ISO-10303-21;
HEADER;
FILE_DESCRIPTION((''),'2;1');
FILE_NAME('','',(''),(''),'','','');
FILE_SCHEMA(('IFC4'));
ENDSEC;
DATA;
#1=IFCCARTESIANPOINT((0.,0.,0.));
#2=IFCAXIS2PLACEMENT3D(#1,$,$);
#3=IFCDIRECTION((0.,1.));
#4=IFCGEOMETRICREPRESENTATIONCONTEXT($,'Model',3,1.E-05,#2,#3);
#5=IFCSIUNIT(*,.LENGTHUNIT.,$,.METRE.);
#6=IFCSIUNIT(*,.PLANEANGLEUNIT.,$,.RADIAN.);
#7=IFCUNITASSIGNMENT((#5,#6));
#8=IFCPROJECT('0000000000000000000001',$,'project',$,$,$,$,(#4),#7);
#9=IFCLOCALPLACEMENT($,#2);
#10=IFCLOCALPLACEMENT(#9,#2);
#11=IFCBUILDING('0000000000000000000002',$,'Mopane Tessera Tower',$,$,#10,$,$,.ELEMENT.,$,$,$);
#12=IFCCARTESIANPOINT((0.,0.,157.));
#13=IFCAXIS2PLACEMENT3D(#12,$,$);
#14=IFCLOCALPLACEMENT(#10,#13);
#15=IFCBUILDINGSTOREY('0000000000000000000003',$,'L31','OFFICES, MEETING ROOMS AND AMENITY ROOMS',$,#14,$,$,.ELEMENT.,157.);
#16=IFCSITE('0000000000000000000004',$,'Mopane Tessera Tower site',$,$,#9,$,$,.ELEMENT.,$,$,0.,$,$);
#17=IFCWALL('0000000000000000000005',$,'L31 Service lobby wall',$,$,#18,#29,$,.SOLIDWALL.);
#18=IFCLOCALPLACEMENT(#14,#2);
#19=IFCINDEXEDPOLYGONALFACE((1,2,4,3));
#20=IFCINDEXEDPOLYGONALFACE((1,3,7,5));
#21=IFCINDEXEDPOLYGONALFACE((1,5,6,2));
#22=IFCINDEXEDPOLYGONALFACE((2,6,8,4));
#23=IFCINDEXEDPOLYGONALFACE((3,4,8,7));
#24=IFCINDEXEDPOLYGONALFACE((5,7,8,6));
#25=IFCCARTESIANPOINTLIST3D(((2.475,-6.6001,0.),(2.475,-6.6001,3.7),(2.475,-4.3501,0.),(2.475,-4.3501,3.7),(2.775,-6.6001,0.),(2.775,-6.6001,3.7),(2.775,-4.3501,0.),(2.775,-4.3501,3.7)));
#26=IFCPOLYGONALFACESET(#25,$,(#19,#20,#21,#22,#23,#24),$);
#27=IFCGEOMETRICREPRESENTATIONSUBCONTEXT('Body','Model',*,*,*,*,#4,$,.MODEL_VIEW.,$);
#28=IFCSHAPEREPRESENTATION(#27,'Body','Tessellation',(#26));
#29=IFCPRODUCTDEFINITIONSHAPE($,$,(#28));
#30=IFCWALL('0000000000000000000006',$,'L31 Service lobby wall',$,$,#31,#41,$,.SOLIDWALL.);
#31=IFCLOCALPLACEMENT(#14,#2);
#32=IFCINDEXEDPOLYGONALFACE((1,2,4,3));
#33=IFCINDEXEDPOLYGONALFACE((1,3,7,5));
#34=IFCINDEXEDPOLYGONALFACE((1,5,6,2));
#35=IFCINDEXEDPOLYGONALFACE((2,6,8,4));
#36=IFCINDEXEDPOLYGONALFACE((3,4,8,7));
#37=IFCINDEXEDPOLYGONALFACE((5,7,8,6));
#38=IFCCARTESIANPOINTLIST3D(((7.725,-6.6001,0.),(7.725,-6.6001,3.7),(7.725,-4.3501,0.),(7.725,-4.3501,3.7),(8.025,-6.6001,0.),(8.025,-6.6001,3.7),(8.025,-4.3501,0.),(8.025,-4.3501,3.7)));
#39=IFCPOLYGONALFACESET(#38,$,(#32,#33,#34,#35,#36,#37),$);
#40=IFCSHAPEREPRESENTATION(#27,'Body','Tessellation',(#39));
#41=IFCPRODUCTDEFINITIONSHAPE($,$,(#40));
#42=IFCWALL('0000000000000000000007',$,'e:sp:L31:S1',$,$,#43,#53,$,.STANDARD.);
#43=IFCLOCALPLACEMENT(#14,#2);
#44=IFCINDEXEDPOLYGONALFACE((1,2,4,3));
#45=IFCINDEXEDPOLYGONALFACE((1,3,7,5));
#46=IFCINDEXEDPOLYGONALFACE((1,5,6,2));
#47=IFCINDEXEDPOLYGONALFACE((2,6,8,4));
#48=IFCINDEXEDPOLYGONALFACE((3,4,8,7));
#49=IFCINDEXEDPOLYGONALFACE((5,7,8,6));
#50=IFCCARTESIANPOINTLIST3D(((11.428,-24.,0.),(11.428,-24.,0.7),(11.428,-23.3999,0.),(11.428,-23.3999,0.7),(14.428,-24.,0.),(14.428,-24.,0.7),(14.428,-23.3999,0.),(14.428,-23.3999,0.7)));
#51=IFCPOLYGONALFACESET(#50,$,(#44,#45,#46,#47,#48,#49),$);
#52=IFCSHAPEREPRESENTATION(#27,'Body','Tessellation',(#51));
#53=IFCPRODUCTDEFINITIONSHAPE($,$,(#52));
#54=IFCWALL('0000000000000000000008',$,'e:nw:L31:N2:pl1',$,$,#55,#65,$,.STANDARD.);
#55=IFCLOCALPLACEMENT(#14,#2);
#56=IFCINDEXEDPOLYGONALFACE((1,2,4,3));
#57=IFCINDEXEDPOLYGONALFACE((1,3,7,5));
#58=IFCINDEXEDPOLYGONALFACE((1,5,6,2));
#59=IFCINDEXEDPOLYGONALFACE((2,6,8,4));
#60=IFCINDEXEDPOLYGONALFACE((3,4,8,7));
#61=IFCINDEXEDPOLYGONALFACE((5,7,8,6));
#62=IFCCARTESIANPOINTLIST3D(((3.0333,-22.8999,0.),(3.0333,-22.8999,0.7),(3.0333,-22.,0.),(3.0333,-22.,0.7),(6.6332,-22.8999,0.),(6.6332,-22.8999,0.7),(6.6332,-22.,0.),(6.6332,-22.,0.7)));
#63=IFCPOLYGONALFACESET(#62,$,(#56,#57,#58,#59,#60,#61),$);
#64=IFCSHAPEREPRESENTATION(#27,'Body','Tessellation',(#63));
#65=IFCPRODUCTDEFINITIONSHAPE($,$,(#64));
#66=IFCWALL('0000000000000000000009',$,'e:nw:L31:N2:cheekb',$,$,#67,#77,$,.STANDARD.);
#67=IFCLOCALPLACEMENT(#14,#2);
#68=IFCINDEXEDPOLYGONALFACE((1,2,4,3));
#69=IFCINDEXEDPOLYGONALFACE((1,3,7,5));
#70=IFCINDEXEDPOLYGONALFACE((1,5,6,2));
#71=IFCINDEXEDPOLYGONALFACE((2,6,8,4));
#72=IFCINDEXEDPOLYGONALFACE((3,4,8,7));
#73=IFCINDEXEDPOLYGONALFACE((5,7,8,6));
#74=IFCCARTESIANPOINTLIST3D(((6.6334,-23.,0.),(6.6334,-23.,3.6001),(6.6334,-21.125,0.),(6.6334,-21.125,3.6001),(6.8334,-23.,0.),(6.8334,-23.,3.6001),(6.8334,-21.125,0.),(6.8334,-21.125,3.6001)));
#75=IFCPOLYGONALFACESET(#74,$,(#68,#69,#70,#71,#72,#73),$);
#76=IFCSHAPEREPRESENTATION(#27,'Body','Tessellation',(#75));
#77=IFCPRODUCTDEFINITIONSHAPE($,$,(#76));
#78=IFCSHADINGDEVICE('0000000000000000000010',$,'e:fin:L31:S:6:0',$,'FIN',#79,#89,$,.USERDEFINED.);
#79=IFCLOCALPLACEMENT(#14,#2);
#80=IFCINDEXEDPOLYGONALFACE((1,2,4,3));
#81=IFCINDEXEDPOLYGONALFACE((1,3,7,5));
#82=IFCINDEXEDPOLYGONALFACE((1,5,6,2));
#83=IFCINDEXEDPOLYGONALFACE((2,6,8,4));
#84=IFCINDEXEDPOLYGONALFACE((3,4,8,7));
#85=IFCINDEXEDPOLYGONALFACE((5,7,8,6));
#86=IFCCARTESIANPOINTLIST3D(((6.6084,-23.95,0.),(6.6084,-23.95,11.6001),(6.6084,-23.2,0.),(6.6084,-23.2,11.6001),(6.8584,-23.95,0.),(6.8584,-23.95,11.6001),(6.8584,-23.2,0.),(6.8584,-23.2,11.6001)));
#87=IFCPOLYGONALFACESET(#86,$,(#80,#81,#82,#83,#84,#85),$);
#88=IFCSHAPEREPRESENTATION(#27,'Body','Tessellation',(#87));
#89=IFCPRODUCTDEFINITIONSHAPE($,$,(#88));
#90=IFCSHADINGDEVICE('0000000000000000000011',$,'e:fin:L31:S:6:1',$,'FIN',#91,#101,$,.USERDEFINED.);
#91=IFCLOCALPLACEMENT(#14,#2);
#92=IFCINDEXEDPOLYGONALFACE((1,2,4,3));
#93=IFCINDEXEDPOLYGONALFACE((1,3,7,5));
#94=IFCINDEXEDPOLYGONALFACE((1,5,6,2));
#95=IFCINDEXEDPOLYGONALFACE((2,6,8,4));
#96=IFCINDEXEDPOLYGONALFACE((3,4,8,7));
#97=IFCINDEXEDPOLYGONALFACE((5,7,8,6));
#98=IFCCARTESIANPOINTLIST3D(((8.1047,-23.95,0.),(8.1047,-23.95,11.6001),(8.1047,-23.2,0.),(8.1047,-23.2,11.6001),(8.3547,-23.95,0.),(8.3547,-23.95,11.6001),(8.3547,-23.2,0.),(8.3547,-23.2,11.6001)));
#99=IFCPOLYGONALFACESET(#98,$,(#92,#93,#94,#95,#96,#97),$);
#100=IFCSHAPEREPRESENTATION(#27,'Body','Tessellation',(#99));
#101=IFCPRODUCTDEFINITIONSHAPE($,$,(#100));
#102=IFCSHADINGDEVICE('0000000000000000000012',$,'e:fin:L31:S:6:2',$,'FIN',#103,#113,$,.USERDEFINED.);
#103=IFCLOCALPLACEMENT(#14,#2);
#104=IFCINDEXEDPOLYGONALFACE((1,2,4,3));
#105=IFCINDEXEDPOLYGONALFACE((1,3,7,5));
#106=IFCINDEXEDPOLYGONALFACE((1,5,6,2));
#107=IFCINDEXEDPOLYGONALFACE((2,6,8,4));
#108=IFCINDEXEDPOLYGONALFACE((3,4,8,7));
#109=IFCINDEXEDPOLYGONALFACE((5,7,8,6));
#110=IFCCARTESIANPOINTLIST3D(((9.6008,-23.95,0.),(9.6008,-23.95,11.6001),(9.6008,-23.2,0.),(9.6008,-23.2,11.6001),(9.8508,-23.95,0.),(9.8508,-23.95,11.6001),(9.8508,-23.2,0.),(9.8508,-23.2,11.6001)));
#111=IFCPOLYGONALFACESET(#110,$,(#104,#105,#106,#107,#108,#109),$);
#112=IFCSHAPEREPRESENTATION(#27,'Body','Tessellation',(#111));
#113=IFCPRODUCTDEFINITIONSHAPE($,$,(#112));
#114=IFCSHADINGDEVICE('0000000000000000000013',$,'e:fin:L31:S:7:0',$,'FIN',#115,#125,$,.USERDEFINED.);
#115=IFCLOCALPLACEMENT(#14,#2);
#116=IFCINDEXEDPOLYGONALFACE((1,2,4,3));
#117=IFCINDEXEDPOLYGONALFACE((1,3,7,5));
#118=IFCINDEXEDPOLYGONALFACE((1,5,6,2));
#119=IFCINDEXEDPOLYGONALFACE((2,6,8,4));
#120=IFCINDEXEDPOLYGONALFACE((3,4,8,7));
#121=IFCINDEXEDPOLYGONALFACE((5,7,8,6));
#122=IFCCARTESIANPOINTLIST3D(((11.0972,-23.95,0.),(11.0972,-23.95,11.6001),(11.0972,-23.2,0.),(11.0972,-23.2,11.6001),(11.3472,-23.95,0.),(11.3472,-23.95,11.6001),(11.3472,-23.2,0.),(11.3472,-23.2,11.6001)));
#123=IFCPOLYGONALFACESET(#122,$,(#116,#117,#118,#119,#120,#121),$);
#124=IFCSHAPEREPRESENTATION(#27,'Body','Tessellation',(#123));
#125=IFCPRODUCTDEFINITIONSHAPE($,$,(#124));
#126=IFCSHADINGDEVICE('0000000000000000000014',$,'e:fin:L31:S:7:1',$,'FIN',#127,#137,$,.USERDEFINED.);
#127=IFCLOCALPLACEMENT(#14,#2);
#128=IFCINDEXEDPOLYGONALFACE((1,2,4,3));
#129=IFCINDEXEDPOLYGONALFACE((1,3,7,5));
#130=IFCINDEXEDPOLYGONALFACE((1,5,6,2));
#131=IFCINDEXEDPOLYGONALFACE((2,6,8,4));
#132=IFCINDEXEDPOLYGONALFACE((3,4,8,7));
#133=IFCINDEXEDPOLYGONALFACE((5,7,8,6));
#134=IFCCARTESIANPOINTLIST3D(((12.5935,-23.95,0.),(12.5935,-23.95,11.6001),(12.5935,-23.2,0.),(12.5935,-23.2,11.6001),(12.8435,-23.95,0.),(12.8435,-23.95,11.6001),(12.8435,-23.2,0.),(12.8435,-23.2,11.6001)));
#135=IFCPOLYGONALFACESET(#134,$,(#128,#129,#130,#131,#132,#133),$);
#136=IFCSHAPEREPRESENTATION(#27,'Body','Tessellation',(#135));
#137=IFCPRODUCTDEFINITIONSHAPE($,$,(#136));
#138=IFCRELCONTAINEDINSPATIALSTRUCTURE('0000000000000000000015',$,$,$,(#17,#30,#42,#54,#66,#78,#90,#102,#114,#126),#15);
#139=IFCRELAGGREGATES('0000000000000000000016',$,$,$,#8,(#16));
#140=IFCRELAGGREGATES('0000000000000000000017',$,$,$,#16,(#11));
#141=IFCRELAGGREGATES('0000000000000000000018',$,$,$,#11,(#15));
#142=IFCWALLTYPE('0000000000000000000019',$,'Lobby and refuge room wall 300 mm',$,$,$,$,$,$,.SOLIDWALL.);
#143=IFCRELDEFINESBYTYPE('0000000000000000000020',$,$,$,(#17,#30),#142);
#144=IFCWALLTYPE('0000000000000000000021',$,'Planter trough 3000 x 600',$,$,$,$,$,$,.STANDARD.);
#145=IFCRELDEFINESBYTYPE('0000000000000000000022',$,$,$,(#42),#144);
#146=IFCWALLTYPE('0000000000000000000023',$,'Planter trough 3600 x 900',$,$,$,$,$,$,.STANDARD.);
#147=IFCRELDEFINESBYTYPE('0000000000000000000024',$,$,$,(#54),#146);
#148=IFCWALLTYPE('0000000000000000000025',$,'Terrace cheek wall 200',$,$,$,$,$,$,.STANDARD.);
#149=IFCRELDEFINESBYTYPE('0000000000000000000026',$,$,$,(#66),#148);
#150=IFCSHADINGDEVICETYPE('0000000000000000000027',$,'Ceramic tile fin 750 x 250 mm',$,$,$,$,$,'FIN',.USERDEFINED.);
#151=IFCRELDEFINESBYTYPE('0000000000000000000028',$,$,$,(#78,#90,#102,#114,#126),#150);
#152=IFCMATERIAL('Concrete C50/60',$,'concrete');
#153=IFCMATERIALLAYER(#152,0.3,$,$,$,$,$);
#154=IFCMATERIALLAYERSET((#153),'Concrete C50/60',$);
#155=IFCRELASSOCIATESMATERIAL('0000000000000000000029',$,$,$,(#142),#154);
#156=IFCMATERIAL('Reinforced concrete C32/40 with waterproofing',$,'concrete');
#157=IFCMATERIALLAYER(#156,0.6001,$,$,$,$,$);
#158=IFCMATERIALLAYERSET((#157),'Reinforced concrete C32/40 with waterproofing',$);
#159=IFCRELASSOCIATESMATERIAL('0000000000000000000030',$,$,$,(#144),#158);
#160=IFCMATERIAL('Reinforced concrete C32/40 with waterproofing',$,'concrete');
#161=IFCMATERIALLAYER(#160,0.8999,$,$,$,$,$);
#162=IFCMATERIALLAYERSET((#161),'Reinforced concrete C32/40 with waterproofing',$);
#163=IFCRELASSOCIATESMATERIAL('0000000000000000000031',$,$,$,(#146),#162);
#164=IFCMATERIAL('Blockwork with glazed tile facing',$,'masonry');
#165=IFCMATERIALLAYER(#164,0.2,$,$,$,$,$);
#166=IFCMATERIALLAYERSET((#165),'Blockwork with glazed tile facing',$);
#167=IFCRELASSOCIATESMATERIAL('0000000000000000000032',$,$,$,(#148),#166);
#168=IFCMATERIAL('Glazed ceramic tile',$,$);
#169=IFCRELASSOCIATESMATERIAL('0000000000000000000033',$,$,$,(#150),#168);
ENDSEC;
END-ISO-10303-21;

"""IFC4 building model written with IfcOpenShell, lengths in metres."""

from ifc_helpers import new_model, si_unit, direction, frame, frame_2d, origin, origin_2d, place, context, subcontext, project, spatial, rectangle, extrude, material, layer, layer_set, type_object, element, save


model = new_model("IFC4")

# Units and contexts
model_context = context("Model", 3, precision=1e-05, world=origin(), true_north=direction((0.0, 1.0)))
body_context = subcontext(model_context, "Body", "Model", "MODEL_VIEW")
ifc_project = project(units=[si_unit("LENGTHUNIT", "METRE"), si_unit("PLANEANGLEUNIT", "RADIAN")], contexts=[model_context])

# Site, building, storey
site_placement = place(None, origin())
site = spatial("IfcSite", under=ifc_project, at=site_placement, Name="Mopane Tessera Tower site", CompositionType="ELEMENT", RefElevation=0.0)
building_placement = place(site_placement, origin())
building = spatial("IfcBuilding", under=site, at=building_placement, Name="Mopane Tessera Tower", CompositionType="ELEMENT")
storey_placement = place(building_placement, frame((0.0, 0.0, 157.0)))
storey = spatial("IfcBuildingStorey", under=building, at=storey_placement, Name="L31", Description="OFFICES, MEETING ROOMS AND AMENITY ROOMS", CompositionType="ELEMENT", Elevation=157.0)

# Walls
ifc_material_1 = material(Name="Concrete C50/60", Category="concrete")
ifc_layer_1 = layer(ifc_material_1, 0.3)
ifc_layer_set_1 = layer_set([ifc_layer_1], Name="Concrete C50/60")
wall_type_1 = type_object("IfcWallType", Name="Lobby and refuge room wall 300 mm", PredefinedType="SOLIDWALL", material=ifc_layer_set_1)
for number, where, z_axis, x_axis, name in (
    (1, (2.625, -6.6001, 0.0), (0.0, 0.0, 1.0), (0.0, 1.0, 0.0), "L31 Service lobby wall"),
    (2, (7.875, -6.6001, 0.0), (0.0, 0.0, 1.0), (0.0, 1.0, 0.0), "L31 Service lobby wall"),
):
    element("IfcWall", number, at=place(storey_placement, frame(where, z_axis=z_axis, x_axis=x_axis)), inside=storey, type_object=wall_type_1, Name=name, PredefinedType="SOLIDWALL", context=body_context, shape_type="SweptSolid", body=[
        extrude(rectangle(XDim=2.25, YDim=0.3, at=frame_2d((1.125, 0.0))), origin(), (0.0, 0.0, 1.0), 3.7),
    ])
ifc_material_2 = material(Name="Reinforced concrete C32/40 with waterproofing", Category="concrete")
ifc_layer_2 = layer(ifc_material_2, 0.6001)
ifc_layer_set_2 = layer_set([ifc_layer_2], Name="Reinforced concrete C32/40 with waterproofing")
wall_type_2 = type_object("IfcWallType", Name="Planter trough 3000 x 600", PredefinedType="STANDARD", material=ifc_layer_set_2)
wall_1_placement = place(storey_placement, frame((11.428, -23.7, 0.0), z_axis=(0.0, 0.0, 1.0), x_axis=(1.0, 0.0, 0.0)))
element("IfcWall", 3, at=wall_1_placement, inside=storey, type_object=wall_type_2, Name="e:sp:L31:S1", PredefinedType="STANDARD", context=body_context, shape_type="SweptSolid", body=[
    extrude(rectangle(XDim=3.0, YDim=0.6001, at=frame_2d((1.5, 0.0))), origin(), (0.0, 0.0, 1.0), 0.7),
])
ifc_material_3 = material(Name="Reinforced concrete C32/40 with waterproofing", Category="concrete")
ifc_layer_3 = layer(ifc_material_3, 0.8999)
ifc_layer_set_3 = layer_set([ifc_layer_3], Name="Reinforced concrete C32/40 with waterproofing")
wall_type_3 = type_object("IfcWallType", Name="Planter trough 3600 x 900", PredefinedType="STANDARD", material=ifc_layer_set_3)
wall_2_placement = place(storey_placement, frame((3.0334, -22.45, 0.0), z_axis=(0.0, 0.0, 1.0), x_axis=(1.0, 0.0, 0.0)))
element("IfcWall", 4, at=wall_2_placement, inside=storey, type_object=wall_type_3, Name="e:nw:L31:N2:pl1", PredefinedType="STANDARD", context=body_context, shape_type="SweptSolid", body=[
    extrude(rectangle(XDim=3.5999, YDim=0.8999, at=frame_2d((1.7998, 0.0))), origin(), (0.0, 0.0, 1.0), 0.7),
])
ifc_material_4 = material(Name="Blockwork with glazed tile facing", Category="masonry")
ifc_layer_4 = layer(ifc_material_4, 0.2)
ifc_layer_set_4 = layer_set([ifc_layer_4], Name="Blockwork with glazed tile facing")
wall_type_4 = type_object("IfcWallType", Name="Terrace cheek wall 200", PredefinedType="STANDARD", material=ifc_layer_set_4)
wall_3_placement = place(storey_placement, frame((6.7334, -23.0, 0.0), z_axis=(0.0, 0.0, 1.0), x_axis=(0.0, 1.0, 0.0)))
element("IfcWall", 5, at=wall_3_placement, inside=storey, type_object=wall_type_4, Name="e:nw:L31:N2:cheekb", PredefinedType="STANDARD", context=body_context, shape_type="SweptSolid", body=[
    extrude(rectangle(XDim=1.875, YDim=0.2, at=frame_2d((0.9375, 0.0))), origin(), (0.0, 0.0, 1.0), 3.6001),
])

# Shading devices
ifc_material_5 = material(Name="Glazed ceramic tile")
shading_device_type = type_object("IfcShadingDeviceType", Name="Ceramic tile fin 750 x 250 mm", ElementType="FIN", PredefinedType="USERDEFINED", material=ifc_material_5)
for number, where, z_axis, x_axis, name in (
    (6, (6.7334, -23.575, 0.0), (0.0, 0.0, 1.0), (1.0, 0.0, 0.0), "e:fin:L31:S:6:0"),
    (7, (8.2297, -23.575, 0.0), (0.0, 0.0, 1.0), (1.0, 0.0, 0.0), "e:fin:L31:S:6:1"),
    (8, (9.7258, -23.575, 0.0), (0.0, 0.0, 1.0), (1.0, 0.0, 0.0), "e:fin:L31:S:6:2"),
    (9, (11.2222, -23.575, 0.0), (0.0, 0.0, 1.0), (1.0, 0.0, 0.0), "e:fin:L31:S:7:0"),
    (10, (12.7185, -23.575, 0.0), (0.0, 0.0, 1.0), (1.0, 0.0, 0.0), "e:fin:L31:S:7:1"),
):
    element("IfcShadingDevice", number, at=place(storey_placement, frame(where, z_axis=z_axis, x_axis=x_axis)), inside=storey, type_object=shading_device_type, Name=name, ObjectType="FIN", PredefinedType="USERDEFINED", context=body_context, shape_type="SweptSolid", body=[
        extrude(rectangle(XDim=0.25, YDim=0.75, at=origin_2d()), origin(), (0.0, 0.0, 1.0), 11.6001),
    ])

save(model, "model.ifc")
